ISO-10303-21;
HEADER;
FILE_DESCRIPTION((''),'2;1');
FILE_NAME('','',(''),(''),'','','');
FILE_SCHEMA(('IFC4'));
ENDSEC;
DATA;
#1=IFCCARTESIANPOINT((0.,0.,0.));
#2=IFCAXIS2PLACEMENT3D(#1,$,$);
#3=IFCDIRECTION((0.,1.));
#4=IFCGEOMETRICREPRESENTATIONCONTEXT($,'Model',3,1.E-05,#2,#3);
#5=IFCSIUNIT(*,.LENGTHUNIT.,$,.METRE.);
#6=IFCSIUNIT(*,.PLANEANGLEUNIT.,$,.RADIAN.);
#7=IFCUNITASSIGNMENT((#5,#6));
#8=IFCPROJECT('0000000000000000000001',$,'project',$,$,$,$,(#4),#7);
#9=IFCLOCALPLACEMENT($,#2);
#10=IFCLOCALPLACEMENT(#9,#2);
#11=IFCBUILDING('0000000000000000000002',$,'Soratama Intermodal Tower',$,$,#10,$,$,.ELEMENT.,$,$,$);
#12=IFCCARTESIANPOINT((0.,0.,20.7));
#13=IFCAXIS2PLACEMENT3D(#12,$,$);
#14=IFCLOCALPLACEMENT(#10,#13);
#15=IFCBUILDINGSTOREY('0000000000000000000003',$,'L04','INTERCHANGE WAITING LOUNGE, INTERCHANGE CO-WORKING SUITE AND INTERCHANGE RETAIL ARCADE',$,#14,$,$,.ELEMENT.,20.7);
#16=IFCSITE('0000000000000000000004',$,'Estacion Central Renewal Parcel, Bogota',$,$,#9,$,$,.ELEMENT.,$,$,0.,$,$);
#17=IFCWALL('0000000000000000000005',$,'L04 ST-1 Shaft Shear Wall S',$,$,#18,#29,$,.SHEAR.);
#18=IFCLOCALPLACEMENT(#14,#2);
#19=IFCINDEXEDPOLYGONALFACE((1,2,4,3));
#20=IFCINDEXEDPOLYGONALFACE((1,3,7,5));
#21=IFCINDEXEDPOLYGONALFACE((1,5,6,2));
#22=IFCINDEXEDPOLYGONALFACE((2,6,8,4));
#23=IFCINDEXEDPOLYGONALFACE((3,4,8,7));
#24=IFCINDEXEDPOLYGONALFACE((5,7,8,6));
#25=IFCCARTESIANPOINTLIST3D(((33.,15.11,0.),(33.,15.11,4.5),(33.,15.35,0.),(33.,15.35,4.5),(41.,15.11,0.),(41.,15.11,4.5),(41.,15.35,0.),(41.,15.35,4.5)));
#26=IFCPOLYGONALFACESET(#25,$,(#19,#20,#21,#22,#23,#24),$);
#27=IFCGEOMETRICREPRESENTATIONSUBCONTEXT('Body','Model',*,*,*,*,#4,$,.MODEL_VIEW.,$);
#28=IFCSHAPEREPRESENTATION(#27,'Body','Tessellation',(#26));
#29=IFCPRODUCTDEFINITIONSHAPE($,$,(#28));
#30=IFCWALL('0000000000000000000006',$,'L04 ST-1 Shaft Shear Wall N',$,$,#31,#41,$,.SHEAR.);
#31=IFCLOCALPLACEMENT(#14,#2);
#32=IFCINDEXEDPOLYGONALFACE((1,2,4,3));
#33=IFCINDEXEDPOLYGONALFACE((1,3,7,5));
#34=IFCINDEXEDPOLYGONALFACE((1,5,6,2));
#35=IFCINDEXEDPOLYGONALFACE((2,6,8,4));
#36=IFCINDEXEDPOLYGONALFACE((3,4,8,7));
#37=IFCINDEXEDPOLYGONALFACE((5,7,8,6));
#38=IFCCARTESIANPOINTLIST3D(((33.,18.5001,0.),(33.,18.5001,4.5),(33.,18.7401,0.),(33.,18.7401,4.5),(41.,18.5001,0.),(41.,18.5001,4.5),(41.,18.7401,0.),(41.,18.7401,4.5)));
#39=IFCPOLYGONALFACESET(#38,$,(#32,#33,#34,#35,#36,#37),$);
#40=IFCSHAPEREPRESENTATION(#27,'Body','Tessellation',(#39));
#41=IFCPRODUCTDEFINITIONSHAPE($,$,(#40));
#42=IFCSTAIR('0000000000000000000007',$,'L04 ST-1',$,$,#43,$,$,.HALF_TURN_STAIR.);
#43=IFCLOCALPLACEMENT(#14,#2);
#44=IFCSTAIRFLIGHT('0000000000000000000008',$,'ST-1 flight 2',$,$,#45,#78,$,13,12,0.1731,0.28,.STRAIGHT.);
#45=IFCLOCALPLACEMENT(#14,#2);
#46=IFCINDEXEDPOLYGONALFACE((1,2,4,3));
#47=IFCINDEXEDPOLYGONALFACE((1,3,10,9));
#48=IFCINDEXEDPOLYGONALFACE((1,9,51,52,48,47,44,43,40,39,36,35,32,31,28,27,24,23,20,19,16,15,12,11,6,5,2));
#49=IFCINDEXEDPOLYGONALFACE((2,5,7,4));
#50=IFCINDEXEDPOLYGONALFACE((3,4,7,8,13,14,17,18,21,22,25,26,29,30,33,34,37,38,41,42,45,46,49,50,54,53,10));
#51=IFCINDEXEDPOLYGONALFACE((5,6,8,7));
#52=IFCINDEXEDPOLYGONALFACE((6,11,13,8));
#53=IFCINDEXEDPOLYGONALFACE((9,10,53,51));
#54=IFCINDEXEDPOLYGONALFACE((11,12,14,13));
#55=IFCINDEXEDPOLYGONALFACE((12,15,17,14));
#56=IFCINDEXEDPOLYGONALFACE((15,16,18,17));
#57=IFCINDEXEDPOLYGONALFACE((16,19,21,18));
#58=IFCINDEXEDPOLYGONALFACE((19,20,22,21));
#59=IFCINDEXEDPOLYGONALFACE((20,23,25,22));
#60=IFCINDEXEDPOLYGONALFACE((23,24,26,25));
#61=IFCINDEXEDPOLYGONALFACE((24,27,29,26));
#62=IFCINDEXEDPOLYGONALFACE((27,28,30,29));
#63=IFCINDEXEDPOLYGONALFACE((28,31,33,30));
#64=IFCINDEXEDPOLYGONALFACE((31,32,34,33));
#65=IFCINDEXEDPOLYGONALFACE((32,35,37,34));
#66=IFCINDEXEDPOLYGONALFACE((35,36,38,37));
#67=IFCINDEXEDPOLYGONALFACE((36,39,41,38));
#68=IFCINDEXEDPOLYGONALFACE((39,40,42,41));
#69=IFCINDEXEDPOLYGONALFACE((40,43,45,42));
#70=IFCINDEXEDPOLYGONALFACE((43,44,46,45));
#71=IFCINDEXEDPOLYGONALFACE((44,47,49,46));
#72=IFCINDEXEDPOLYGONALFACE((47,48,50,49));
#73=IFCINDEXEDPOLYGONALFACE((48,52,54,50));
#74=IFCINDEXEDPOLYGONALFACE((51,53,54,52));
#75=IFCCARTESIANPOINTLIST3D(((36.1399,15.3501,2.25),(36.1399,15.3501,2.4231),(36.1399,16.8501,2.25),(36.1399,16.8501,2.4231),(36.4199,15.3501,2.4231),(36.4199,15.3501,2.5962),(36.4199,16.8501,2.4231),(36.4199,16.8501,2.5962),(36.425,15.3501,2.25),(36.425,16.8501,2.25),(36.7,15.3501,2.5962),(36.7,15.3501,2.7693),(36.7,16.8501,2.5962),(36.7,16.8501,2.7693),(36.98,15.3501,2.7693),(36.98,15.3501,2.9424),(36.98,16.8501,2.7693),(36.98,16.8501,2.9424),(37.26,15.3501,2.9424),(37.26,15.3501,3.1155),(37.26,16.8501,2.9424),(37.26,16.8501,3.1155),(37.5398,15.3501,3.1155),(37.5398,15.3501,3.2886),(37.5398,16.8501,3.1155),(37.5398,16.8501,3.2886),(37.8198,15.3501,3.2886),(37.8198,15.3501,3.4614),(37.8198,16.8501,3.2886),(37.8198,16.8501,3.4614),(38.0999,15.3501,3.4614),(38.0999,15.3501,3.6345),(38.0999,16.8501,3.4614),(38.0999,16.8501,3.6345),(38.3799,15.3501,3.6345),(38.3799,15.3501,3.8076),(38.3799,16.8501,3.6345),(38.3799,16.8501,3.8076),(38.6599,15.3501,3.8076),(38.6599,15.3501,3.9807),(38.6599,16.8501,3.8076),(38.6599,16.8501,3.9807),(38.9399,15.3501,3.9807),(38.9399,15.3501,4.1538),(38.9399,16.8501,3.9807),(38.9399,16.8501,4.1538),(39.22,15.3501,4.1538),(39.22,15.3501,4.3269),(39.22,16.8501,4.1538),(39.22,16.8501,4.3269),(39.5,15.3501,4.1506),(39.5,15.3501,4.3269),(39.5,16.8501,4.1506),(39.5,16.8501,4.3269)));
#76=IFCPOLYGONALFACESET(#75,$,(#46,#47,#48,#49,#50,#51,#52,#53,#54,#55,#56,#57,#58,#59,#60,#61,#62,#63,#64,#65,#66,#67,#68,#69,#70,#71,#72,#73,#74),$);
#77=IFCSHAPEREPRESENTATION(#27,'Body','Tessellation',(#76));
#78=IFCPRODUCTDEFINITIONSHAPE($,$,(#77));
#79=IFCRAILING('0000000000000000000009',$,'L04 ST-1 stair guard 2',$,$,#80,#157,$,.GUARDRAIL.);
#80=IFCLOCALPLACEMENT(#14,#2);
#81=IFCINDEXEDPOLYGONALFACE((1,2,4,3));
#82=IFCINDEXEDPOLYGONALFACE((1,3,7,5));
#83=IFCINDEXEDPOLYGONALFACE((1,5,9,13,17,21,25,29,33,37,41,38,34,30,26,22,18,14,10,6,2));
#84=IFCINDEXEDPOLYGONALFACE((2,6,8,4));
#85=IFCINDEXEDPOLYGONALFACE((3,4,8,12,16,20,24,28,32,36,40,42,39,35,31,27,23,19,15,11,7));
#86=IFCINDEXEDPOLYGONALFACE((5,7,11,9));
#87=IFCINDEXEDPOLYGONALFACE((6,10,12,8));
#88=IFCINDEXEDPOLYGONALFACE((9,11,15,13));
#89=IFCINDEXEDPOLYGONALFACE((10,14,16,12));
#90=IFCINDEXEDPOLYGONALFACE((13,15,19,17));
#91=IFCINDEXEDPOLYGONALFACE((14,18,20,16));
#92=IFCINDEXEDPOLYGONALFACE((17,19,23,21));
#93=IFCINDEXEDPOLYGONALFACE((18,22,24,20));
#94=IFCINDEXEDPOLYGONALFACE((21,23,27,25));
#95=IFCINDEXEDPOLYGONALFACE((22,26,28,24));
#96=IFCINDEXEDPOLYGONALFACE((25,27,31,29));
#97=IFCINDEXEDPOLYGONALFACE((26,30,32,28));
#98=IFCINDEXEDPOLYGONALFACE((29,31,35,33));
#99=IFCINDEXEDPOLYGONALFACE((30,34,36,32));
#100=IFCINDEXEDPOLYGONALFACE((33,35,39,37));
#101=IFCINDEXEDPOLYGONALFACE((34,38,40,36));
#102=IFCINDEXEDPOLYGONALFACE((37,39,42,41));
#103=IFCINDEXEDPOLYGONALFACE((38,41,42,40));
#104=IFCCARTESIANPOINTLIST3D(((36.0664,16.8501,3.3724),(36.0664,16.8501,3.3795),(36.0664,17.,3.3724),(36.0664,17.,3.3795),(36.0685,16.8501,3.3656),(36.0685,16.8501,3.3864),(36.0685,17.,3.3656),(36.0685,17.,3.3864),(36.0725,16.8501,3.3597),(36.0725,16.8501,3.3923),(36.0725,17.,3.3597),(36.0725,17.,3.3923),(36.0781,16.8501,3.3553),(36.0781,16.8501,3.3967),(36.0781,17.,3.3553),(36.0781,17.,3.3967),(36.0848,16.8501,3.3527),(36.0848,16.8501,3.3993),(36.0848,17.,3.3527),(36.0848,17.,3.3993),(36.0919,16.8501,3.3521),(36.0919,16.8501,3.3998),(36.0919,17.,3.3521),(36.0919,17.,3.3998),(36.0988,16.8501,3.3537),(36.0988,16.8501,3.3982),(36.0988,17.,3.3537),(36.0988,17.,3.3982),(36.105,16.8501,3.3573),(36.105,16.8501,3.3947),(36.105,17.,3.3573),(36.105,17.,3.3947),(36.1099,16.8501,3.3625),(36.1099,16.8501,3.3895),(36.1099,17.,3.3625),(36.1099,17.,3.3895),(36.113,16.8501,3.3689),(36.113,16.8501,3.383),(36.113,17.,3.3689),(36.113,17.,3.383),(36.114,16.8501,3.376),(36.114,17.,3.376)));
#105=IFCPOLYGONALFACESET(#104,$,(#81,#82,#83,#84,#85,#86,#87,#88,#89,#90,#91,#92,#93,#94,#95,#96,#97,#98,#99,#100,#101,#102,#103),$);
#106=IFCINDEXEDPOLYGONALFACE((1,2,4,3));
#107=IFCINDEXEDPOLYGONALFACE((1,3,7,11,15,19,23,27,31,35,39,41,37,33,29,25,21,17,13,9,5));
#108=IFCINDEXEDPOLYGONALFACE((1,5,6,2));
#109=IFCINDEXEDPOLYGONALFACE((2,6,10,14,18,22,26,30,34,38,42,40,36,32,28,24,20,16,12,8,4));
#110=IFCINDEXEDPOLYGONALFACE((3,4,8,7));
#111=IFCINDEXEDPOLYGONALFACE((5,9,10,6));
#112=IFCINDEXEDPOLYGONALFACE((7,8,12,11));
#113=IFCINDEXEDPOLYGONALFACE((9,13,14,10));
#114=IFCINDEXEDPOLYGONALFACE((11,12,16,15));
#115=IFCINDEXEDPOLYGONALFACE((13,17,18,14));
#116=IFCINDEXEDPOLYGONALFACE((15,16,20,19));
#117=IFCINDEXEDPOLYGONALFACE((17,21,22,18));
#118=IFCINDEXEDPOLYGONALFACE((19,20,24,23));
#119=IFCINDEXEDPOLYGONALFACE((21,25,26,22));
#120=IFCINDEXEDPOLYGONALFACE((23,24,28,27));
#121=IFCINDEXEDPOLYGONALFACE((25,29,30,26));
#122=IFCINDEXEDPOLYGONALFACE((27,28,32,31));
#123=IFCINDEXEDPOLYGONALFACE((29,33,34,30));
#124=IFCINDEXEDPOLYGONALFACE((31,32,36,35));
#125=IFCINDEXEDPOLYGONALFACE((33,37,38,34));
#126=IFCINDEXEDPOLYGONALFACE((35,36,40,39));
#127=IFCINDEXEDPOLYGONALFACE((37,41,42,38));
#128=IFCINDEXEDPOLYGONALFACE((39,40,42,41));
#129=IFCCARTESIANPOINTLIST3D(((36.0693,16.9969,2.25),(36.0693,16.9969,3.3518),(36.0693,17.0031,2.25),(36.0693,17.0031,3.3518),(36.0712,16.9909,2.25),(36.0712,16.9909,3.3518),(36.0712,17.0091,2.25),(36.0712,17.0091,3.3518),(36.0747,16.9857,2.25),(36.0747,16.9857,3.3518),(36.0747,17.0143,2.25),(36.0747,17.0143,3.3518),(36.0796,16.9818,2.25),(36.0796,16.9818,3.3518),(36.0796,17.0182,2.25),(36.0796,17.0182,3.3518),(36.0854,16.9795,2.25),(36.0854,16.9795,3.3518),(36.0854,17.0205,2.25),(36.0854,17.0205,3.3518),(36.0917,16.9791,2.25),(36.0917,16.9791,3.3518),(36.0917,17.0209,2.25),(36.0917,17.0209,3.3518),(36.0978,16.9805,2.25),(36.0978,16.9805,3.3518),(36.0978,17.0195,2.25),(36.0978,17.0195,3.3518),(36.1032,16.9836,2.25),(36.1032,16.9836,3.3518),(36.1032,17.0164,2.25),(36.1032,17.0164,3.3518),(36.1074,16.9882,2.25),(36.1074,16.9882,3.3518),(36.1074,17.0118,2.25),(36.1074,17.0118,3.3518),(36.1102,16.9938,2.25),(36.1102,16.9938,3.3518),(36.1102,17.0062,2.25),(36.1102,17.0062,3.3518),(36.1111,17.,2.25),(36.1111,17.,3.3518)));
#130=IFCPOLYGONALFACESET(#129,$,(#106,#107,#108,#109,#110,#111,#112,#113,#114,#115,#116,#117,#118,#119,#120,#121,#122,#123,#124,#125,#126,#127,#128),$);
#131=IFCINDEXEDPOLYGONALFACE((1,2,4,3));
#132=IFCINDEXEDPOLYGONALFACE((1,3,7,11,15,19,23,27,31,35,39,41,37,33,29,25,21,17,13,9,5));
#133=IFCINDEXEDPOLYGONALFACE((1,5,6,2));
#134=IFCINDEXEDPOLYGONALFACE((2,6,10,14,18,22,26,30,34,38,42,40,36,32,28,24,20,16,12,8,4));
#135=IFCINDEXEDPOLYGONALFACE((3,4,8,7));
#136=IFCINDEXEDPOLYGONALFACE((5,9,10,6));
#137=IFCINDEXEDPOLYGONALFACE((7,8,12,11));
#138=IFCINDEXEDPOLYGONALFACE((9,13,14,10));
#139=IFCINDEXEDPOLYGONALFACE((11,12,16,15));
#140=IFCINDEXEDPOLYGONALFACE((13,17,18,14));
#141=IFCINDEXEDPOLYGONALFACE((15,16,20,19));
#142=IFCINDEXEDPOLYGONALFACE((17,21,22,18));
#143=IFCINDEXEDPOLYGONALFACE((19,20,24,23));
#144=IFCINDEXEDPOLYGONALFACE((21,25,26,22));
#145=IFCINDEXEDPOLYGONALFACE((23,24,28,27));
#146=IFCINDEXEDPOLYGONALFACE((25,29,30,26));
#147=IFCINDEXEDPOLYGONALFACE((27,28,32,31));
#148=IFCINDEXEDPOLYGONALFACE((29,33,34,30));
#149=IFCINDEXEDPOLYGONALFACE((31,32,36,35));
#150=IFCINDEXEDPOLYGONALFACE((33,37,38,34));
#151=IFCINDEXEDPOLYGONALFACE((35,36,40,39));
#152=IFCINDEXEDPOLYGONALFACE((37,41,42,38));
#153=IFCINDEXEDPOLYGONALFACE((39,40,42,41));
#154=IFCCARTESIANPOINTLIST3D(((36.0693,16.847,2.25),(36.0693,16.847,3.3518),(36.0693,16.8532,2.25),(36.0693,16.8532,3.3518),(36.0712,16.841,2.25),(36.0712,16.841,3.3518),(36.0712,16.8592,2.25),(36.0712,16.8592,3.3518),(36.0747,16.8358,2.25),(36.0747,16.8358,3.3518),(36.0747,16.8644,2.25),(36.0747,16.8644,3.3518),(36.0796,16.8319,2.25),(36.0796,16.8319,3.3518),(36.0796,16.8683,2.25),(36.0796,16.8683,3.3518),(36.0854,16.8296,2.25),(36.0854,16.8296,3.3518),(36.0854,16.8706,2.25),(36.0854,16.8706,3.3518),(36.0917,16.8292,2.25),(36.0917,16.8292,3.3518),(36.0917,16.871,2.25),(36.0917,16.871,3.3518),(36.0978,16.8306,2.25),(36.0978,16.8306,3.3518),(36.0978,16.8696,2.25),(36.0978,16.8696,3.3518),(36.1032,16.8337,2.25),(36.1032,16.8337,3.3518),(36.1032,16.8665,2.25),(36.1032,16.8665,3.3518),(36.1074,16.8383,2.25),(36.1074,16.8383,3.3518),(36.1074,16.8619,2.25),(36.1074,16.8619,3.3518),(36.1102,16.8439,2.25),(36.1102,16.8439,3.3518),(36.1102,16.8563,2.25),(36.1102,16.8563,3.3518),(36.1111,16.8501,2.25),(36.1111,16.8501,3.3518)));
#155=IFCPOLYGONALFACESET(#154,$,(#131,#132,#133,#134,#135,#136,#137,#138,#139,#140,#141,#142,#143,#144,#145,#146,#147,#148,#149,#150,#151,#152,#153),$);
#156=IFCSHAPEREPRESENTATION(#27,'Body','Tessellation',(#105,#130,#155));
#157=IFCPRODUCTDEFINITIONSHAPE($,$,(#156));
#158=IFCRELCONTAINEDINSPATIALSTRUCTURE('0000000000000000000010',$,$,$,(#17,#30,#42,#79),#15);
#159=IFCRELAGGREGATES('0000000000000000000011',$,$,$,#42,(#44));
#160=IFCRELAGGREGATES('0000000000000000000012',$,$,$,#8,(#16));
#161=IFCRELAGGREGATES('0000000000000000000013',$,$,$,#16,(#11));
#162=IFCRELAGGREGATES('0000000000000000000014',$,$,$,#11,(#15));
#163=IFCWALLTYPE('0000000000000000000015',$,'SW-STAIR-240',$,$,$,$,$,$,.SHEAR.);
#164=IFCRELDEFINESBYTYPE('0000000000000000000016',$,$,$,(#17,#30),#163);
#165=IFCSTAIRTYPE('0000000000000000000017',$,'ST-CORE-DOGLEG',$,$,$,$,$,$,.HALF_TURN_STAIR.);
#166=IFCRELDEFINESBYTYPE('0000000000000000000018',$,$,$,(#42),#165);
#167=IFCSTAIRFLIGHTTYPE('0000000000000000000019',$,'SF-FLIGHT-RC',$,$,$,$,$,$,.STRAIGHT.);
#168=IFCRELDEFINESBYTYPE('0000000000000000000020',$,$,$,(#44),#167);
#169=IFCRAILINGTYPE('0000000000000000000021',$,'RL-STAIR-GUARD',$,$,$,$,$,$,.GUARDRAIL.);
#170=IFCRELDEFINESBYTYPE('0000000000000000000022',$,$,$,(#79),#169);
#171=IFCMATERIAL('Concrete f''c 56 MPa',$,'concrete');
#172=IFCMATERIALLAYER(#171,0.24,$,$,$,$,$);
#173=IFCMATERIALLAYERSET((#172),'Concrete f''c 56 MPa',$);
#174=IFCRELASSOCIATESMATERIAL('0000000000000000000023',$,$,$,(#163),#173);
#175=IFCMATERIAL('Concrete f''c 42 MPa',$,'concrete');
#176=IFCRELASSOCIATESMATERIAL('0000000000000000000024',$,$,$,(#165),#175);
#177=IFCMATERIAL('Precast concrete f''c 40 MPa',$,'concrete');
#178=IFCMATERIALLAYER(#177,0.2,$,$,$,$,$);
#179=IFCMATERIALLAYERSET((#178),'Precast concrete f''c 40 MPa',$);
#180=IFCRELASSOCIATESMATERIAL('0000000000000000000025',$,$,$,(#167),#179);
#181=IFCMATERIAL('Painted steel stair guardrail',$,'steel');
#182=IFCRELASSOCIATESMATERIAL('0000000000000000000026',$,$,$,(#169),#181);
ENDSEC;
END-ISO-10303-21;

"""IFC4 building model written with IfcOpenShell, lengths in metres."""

from ifc_helpers import new_model, si_unit, direction, frame, frame_2d, origin, origin_2d, place, context, subcontext, project, spatial, polyline, rectangle, circle, outline, extrude, material, layer, layer_set, type_object, element, aggregate, save


model = new_model("IFC4")

# Units and contexts
model_context = context("Model", 3, precision=1e-05, world=origin(), true_north=direction((0.0, 1.0)))
body_context = subcontext(model_context, "Body", "Model", "MODEL_VIEW")
ifc_project = project(units=[si_unit("LENGTHUNIT", "METRE"), si_unit("PLANEANGLEUNIT", "RADIAN")], contexts=[model_context])

# Site, building, storey
site_placement = place(None, origin())
site = spatial("IfcSite", under=ifc_project, at=site_placement, Name="Estacion Central Renewal Parcel, Bogota", CompositionType="ELEMENT", RefElevation=0.0)
building_placement = place(site_placement, origin())
building = spatial("IfcBuilding", under=site, at=building_placement, Name="Soratama Intermodal Tower", CompositionType="ELEMENT")
storey_placement = place(building_placement, frame((0.0, 0.0, 20.7)))
storey = spatial("IfcBuildingStorey", under=building, at=storey_placement, Name="L04", Description="INTERCHANGE WAITING LOUNGE, INTERCHANGE CO-WORKING SUITE AND INTERCHANGE RETAIL ARCADE", CompositionType="ELEMENT", Elevation=20.7)

# Walls
ifc_material_1 = material(Name="Concrete f'c 56 MPa", Category="concrete")
ifc_layer_1 = layer(ifc_material_1, 0.24)
ifc_layer_set_1 = layer_set([ifc_layer_1], Name="Concrete f'c 56 MPa")
wall_type_1 = type_object("IfcWallType", Name="SW-STAIR-240", PredefinedType="SHEAR", material=ifc_layer_set_1)
for number, where, z_axis, x_axis, name in (
    (1, (33.0, 15.23, 0.0), (0.0, 0.0, 1.0), (1.0, 0.0, 0.0), "L04 ST-1 Shaft Shear Wall S"),
    (2, (33.0, 18.6201, 0.0), (0.0, 0.0, 1.0), (1.0, 0.0, 0.0), "L04 ST-1 Shaft Shear Wall N"),
):
    element("IfcWall", number, at=place(storey_placement, frame(where, z_axis=z_axis, x_axis=x_axis)), inside=storey, type_object=wall_type_1, Name=name, PredefinedType="SHEAR", context=body_context, shape_type="SweptSolid", body=[
        extrude(rectangle(XDim=8.0, YDim=0.24, at=frame_2d((4.0, 0.0))), origin(), (0.0, 0.0, 1.0), 4.5),
    ])

# Stair, stair flight
ifc_material_2 = material(Name="Concrete f'c 42 MPa", Category="concrete")
stair_type = type_object("IfcStairType", Name="ST-CORE-DOGLEG", PredefinedType="HALF_TURN_STAIR", material=ifc_material_2)
stair_placement = place(storey_placement, origin())
stair = element("IfcStair", 3, at=stair_placement, inside=storey, type_object=stair_type, Name="L04 ST-1", PredefinedType="HALF_TURN_STAIR")
ifc_material_3 = material(Name="Precast concrete f'c 40 MPa", Category="concrete")
ifc_layer_2 = layer(ifc_material_3, 0.2)
ifc_layer_set_2 = layer_set([ifc_layer_2], Name="Precast concrete f'c 40 MPa")
stair_flight_type = type_object("IfcStairFlightType", Name="SF-FLIGHT-RC", PredefinedType="STRAIGHT", material=ifc_layer_set_2)
stair_flight_placement = place(storey_placement, frame((36.1399, 16.1001, 2.25), z_axis=(0.0, 0.0, 1.0), x_axis=(1.0, 0.0, 0.0)))
stair_flight = element("IfcStairFlight", 4, at=stair_flight_placement, type_object=stair_flight_type, Name="ST-1 flight 2", NumberOfRisers=13, NumberOfTreads=12, PredefinedType="STRAIGHT", RiserHeight=0.1731, TreadLength=0.28, context=body_context, shape_type="SweptSolid", body=[
    extrude(outline(polyline([(0.0, 0.0), (0.0, 0.1731), (0.28, 0.1731), (0.28, 0.3462), (0.5601, 0.3462), (0.5601, 0.5193), (0.8401, 0.5193), (0.8401, 0.6924), (1.1201, 0.6924), (1.1201, 0.8655), (1.3999, 0.8655), (1.3999, 1.0386), (1.6799, 1.0386), (1.6799, 1.2114), (1.96, 1.2114), (1.96, 1.3845), (2.24, 1.3845), (2.24, 1.5576), (2.52, 1.5576), (2.52, 1.7307), (2.8, 1.7307), (2.8, 1.9038), (3.0801, 1.9038), (3.0801, 2.0769), (3.3601, 2.0769), (3.3601, 2.25), (3.3601, 1.9006), (0.2852, 0.0), (0.0, 0.0)])), frame((0.0, 0.75, 0.0), z_axis=(0.0, -1.0, 0.0), x_axis=(1.0, 0.0, 0.0)), (0.0, 0.0, 1.0), 1.5),
])
aggregate(stair, [stair_flight])

# Railing
ifc_material_4 = material(Name="Painted steel stair guardrail", Category="steel")
railing_type_1 = type_object("IfcRailingType", Name="RL-STAIR-GUARD", PredefinedType="GUARDRAIL", material=ifc_material_4)
railing_1_placement = place(storey_placement, frame((36.0901, 17.0, 2.25)))
element("IfcRailing", 5, at=railing_1_placement, inside=storey, type_object=railing_type_1, Name="L04 ST-1 stair guard 2", PredefinedType="GUARDRAIL", context=body_context, shape_type="SweptSolid", body=[
    extrude(circle(Radius=0.0239, at=origin_2d()), frame((0.0, 0.0, 1.126), z_axis=(0.0, -1.0, 0.0), x_axis=(1.0, 0.0, 0.0)), (0.0, 0.0, 1.0), 0.1499),
    extrude(circle(Radius=0.021, at=origin_2d()), origin(), (0.0, 0.0, 1.0), 1.1018),
    extrude(circle(Radius=0.021, at=origin_2d()), frame((0.0, -0.1499, 0.0)), (0.0, 0.0, 1.0), 1.1018),
])

save(model, "model.ifc")
